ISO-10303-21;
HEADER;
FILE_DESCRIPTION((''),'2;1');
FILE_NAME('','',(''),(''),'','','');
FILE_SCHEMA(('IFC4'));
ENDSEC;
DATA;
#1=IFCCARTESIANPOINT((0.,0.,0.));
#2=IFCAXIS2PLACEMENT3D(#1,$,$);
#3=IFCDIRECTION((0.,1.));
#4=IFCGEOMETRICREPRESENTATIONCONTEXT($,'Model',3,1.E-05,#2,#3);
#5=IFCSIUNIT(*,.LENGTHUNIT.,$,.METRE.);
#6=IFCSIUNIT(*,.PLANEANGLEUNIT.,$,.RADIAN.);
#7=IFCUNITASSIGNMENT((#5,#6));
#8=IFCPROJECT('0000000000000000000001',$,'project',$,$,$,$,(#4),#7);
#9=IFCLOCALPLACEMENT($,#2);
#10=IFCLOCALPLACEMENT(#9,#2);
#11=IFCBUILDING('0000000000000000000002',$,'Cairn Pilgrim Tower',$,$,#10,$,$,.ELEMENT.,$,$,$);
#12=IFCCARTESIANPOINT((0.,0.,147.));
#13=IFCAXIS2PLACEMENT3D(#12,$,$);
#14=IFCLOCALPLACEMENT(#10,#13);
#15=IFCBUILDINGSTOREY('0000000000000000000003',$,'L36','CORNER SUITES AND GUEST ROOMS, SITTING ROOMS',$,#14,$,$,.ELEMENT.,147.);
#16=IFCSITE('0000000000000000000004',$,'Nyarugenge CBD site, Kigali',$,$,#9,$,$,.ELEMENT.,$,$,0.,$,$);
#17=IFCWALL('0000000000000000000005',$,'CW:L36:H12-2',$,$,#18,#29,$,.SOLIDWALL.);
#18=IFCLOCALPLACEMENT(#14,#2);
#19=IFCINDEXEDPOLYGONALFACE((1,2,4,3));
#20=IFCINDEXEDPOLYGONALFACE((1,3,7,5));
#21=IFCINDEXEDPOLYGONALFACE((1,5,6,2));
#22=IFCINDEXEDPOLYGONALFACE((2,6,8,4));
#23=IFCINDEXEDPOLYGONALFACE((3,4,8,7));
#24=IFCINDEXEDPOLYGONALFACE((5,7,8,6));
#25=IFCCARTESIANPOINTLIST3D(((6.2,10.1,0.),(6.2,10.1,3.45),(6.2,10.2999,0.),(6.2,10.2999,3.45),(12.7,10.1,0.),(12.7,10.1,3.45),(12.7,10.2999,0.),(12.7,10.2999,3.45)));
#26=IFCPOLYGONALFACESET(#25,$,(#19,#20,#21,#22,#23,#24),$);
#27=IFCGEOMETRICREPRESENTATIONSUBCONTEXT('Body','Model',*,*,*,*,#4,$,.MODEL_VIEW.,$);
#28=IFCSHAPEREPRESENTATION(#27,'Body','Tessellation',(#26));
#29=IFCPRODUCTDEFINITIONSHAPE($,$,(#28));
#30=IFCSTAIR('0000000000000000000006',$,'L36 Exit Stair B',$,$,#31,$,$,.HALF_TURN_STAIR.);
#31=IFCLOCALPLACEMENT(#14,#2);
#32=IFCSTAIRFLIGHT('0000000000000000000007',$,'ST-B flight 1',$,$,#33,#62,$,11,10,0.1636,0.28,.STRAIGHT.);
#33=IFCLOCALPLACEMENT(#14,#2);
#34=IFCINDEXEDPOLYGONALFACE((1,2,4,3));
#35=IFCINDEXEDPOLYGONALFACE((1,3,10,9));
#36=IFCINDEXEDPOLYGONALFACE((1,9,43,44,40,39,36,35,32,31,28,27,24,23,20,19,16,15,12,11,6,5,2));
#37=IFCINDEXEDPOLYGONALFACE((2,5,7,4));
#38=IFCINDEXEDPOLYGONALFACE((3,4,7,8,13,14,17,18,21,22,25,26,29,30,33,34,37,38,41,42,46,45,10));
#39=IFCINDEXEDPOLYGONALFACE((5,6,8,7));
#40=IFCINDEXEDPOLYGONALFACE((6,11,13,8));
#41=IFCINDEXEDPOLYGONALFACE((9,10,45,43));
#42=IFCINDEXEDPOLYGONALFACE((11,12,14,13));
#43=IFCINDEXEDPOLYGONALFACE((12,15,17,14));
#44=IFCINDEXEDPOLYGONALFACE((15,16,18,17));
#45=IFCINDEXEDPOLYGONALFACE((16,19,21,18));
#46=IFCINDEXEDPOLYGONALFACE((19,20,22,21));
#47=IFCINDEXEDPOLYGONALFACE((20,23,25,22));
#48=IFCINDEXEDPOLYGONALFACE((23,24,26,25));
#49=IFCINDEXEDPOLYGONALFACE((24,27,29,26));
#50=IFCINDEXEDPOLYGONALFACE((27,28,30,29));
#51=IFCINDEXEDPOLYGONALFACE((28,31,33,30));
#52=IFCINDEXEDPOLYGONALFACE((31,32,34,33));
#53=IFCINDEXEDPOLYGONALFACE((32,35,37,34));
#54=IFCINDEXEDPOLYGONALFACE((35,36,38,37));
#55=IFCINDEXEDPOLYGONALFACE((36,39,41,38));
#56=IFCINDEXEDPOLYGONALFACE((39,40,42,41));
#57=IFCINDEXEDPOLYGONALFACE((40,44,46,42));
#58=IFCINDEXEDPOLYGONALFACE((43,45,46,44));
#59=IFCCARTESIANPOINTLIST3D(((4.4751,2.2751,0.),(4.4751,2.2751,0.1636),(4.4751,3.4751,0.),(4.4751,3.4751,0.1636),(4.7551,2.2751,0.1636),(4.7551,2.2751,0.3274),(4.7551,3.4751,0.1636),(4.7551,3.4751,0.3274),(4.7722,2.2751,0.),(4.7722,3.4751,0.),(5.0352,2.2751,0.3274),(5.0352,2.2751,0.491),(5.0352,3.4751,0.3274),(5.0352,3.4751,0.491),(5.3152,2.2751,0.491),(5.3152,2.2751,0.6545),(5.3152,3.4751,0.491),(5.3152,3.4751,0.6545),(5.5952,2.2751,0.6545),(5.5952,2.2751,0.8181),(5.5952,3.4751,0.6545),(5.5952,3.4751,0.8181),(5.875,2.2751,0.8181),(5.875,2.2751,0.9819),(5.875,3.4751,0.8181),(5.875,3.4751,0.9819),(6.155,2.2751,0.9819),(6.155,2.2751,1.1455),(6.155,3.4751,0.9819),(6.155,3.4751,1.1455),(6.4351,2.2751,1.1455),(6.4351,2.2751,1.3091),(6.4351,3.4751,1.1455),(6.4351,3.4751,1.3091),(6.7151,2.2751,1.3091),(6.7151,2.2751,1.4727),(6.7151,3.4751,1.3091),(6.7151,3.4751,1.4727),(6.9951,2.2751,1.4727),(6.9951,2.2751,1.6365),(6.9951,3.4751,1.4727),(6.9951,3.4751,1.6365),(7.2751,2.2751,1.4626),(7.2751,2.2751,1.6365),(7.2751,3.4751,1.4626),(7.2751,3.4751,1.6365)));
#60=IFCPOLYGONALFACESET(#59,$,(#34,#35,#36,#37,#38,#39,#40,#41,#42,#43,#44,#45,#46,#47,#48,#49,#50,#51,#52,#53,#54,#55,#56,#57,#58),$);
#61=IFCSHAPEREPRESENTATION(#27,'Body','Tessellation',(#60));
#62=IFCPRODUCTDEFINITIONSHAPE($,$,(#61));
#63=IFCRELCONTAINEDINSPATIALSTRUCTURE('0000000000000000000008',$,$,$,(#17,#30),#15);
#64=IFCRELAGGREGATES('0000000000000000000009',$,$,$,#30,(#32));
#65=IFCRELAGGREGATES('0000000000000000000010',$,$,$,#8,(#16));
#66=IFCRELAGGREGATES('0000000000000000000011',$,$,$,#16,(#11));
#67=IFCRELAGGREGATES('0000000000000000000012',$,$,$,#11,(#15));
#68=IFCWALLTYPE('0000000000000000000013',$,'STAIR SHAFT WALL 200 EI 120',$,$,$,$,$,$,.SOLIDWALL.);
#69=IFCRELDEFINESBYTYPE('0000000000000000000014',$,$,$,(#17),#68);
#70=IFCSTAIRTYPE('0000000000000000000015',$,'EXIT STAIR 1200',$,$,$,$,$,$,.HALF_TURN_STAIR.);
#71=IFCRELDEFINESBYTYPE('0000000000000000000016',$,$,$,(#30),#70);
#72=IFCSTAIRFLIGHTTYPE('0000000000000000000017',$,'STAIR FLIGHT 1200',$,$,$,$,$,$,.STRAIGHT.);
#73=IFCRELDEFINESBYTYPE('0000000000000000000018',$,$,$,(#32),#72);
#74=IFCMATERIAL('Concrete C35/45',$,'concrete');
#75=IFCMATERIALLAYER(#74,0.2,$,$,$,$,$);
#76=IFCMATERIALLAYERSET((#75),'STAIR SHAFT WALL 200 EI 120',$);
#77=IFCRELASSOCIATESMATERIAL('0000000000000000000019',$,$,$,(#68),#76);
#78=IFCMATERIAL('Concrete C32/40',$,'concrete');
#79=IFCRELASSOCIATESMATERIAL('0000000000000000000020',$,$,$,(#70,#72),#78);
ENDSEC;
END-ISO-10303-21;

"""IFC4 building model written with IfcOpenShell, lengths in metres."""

from ifc_helpers import new_model, si_unit, direction, frame, frame_2d, origin, place, context, subcontext, project, spatial, polyline, rectangle, outline, extrude, material, layer, layer_set, type_object, element, aggregate, save


model = new_model("IFC4")

# Units and contexts
model_context = context("Model", 3, precision=1e-05, world=origin(), true_north=direction((0.0, 1.0)))
body_context = subcontext(model_context, "Body", "Model", "MODEL_VIEW")
ifc_project = project(units=[si_unit("LENGTHUNIT", "METRE"), si_unit("PLANEANGLEUNIT", "RADIAN")], contexts=[model_context])

# Site, building, storey
site_placement = place(None, origin())
site = spatial("IfcSite", under=ifc_project, at=site_placement, Name="Nyarugenge CBD site, Kigali", CompositionType="ELEMENT", RefElevation=0.0)
building_placement = place(site_placement, origin())
building = spatial("IfcBuilding", under=site, at=building_placement, Name="Cairn Pilgrim Tower", CompositionType="ELEMENT")
storey_placement = place(building_placement, frame((0.0, 0.0, 147.0)))
storey = spatial("IfcBuildingStorey", under=building, at=storey_placement, Name="L36", Description="CORNER SUITES AND GUEST ROOMS, SITTING ROOMS", CompositionType="ELEMENT", Elevation=147.0)

# Shared definitions
ifc_material_1 = material(Name="Concrete C32/40", Category="concrete")

# Shared definitions
ifc_material_2 = material(Name="Concrete C35/45", Category="concrete")

# Wall
ifc_layer_1 = layer(ifc_material_2, 0.2)
ifc_layer_set_1 = layer_set([ifc_layer_1], Name="STAIR SHAFT WALL 200 EI 120")
wall_type_1 = type_object("IfcWallType", Name="STAIR SHAFT WALL 200 EI 120", PredefinedType="SOLIDWALL", material=ifc_layer_set_1)
wall_1_placement = place(storey_placement, frame((6.2, 10.2, 0.0), z_axis=(0.0, 0.0, 1.0), x_axis=(1.0, 0.0, 0.0)))
element("IfcWall", 1, at=wall_1_placement, inside=storey, type_object=wall_type_1, Name="CW:L36:H12-2", PredefinedType="SOLIDWALL", context=body_context, shape_type="SweptSolid", body=[
    extrude(rectangle(XDim=6.5, YDim=0.2, at=frame_2d((3.25, 0.0))), origin(), (0.0, 0.0, 1.0), 3.45),
])

# Stair, stair flight
stair_type = type_object("IfcStairType", Name="EXIT STAIR 1200", PredefinedType="HALF_TURN_STAIR", material=ifc_material_1)
stair_placement = place(storey_placement, origin())
stair = element("IfcStair", 2, at=stair_placement, inside=storey, type_object=stair_type, Name="L36 Exit Stair B", PredefinedType="HALF_TURN_STAIR")
stair_flight_type = type_object("IfcStairFlightType", Name="STAIR FLIGHT 1200", PredefinedType="STRAIGHT", material=ifc_material_1)
stair_flight_placement = place(storey_placement, frame((4.4751, 2.875, 0.0), z_axis=(0.0, 0.0, 1.0), x_axis=(1.0, 0.0, 0.0)))
stair_flight = element("IfcStairFlight", 3, at=stair_flight_placement, type_object=stair_flight_type, Name="ST-B flight 1", NumberOfRisers=11, NumberOfTreads=10, PredefinedType="STRAIGHT", RiserHeight=0.1636, TreadLength=0.28, context=body_context, shape_type="SweptSolid", body=[
    extrude(outline(polyline([(0.0, 0.0), (0.0, 0.1636), (0.28, 0.1636), (0.28, 0.3274), (0.5601, 0.3274), (0.5601, 0.491), (0.8401, 0.491), (0.8401, 0.6545), (1.1201, 0.6545), (1.1201, 0.8181), (1.3999, 0.8181), (1.3999, 0.9819), (1.6799, 0.9819), (1.6799, 1.1455), (1.96, 1.1455), (1.96, 1.3091), (2.24, 1.3091), (2.24, 1.4727), (2.52, 1.4727), (2.52, 1.6365), (2.8, 1.6365), (2.8, 1.8), (2.8, 1.4626), (0.2971, 0.0), (0.0, 0.0)])), frame((0.0, 0.6001, 0.0), z_axis=(0.0, -1.0, 0.0), x_axis=(1.0, 0.0, 0.0)), (0.0, 0.0, 1.0), 1.2),
])
aggregate(stair, [stair_flight])

save(model, "model.ifc")
